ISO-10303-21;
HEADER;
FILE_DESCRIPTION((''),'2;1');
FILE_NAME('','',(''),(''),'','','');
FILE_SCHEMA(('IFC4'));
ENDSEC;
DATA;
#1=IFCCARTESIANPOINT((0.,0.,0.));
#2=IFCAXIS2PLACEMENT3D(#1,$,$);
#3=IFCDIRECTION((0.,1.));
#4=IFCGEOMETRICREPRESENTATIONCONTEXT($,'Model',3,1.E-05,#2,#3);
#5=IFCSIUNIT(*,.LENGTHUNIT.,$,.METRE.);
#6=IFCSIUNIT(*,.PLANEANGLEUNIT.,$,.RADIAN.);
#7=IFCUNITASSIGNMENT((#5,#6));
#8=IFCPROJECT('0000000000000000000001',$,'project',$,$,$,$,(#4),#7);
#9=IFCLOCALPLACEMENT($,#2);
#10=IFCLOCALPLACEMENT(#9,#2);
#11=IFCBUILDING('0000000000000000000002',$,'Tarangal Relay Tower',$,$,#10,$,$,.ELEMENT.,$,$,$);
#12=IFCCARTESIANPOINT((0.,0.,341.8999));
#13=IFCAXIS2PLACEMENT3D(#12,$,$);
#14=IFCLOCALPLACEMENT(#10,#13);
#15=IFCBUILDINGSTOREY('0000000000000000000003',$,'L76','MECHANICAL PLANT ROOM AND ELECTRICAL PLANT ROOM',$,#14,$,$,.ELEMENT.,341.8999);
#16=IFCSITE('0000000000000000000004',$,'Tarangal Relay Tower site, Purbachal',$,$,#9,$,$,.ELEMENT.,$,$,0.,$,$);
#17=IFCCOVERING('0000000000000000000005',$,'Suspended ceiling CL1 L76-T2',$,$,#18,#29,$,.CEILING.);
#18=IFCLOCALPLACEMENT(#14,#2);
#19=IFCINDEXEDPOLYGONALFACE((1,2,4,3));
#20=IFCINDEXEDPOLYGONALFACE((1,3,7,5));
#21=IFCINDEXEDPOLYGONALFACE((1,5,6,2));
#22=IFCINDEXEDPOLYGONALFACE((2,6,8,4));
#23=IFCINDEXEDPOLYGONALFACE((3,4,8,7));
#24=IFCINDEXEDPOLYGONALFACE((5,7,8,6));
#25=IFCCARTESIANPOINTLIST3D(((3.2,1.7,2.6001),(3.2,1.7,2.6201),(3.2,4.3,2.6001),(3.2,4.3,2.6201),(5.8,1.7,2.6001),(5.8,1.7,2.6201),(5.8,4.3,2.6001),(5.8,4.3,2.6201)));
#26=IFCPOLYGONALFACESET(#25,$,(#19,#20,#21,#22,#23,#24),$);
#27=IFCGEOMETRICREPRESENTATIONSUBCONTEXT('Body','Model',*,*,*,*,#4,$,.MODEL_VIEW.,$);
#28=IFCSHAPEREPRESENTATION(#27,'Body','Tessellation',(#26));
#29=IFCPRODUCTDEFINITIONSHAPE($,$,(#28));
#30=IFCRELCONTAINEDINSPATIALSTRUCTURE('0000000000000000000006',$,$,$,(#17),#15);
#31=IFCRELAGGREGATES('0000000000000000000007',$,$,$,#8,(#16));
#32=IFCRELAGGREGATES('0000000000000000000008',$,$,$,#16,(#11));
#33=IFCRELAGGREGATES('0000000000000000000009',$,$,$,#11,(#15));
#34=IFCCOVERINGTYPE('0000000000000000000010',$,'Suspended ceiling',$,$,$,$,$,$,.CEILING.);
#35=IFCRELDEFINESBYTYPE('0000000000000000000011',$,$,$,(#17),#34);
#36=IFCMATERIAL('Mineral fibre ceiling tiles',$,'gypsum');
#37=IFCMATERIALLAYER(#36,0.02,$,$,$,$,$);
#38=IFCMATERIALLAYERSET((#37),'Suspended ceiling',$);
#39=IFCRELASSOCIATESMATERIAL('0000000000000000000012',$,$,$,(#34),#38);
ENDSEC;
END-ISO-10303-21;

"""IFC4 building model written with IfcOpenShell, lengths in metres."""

from ifc_helpers import new_model, si_unit, direction, frame, origin, place, context, subcontext, project, spatial, polyline, outline, extrude, material, layer, layer_set, type_object, element, save


model = new_model("IFC4")

# Units and contexts
model_context = context("Model", 3, precision=1e-05, world=origin(), true_north=direction((0.0, 1.0)))
body_context = subcontext(model_context, "Body", "Model", "MODEL_VIEW")
ifc_project = project(units=[si_unit("LENGTHUNIT", "METRE"), si_unit("PLANEANGLEUNIT", "RADIAN")], contexts=[model_context])

# Site, building, storey
site_placement = place(None, origin())
site = spatial("IfcSite", under=ifc_project, at=site_placement, Name="Tarangal Relay Tower site, Purbachal", CompositionType="ELEMENT", RefElevation=0.0)
building_placement = place(site_placement, origin())
building = spatial("IfcBuilding", under=site, at=building_placement, Name="Tarangal Relay Tower", CompositionType="ELEMENT")
storey_placement = place(building_placement, frame((0.0, 0.0, 341.8999)))
storey = spatial("IfcBuildingStorey", under=building, at=storey_placement, Name="L76", Description="MECHANICAL PLANT ROOM AND ELECTRICAL PLANT ROOM", CompositionType="ELEMENT", Elevation=341.8999)

# Covering
ifc_material_1 = material(Name="Mineral fibre ceiling tiles", Category="gypsum")
ifc_layer_1 = layer(ifc_material_1, 0.02)
ifc_layer_set_1 = layer_set([ifc_layer_1], Name="Suspended ceiling")
covering_type_1 = type_object("IfcCoveringType", Name="Suspended ceiling", PredefinedType="CEILING", material=ifc_layer_set_1)
covering_1_placement = place(storey_placement, frame((0.0, 0.0, 2.6001)))
element("IfcCovering", 1, at=covering_1_placement, inside=storey, type_object=covering_type_1, Name="Suspended ceiling CL1 L76-T2", PredefinedType="CEILING", context=body_context, shape_type="SweptSolid", body=[
    extrude(outline(polyline([(3.2, 1.7), (5.8, 1.7), (5.8, 4.3), (3.2, 4.3), (3.2, 1.7)])), origin(), (0.0, 0.0, 1.0), 0.02),
])

save(model, "model.ifc")
